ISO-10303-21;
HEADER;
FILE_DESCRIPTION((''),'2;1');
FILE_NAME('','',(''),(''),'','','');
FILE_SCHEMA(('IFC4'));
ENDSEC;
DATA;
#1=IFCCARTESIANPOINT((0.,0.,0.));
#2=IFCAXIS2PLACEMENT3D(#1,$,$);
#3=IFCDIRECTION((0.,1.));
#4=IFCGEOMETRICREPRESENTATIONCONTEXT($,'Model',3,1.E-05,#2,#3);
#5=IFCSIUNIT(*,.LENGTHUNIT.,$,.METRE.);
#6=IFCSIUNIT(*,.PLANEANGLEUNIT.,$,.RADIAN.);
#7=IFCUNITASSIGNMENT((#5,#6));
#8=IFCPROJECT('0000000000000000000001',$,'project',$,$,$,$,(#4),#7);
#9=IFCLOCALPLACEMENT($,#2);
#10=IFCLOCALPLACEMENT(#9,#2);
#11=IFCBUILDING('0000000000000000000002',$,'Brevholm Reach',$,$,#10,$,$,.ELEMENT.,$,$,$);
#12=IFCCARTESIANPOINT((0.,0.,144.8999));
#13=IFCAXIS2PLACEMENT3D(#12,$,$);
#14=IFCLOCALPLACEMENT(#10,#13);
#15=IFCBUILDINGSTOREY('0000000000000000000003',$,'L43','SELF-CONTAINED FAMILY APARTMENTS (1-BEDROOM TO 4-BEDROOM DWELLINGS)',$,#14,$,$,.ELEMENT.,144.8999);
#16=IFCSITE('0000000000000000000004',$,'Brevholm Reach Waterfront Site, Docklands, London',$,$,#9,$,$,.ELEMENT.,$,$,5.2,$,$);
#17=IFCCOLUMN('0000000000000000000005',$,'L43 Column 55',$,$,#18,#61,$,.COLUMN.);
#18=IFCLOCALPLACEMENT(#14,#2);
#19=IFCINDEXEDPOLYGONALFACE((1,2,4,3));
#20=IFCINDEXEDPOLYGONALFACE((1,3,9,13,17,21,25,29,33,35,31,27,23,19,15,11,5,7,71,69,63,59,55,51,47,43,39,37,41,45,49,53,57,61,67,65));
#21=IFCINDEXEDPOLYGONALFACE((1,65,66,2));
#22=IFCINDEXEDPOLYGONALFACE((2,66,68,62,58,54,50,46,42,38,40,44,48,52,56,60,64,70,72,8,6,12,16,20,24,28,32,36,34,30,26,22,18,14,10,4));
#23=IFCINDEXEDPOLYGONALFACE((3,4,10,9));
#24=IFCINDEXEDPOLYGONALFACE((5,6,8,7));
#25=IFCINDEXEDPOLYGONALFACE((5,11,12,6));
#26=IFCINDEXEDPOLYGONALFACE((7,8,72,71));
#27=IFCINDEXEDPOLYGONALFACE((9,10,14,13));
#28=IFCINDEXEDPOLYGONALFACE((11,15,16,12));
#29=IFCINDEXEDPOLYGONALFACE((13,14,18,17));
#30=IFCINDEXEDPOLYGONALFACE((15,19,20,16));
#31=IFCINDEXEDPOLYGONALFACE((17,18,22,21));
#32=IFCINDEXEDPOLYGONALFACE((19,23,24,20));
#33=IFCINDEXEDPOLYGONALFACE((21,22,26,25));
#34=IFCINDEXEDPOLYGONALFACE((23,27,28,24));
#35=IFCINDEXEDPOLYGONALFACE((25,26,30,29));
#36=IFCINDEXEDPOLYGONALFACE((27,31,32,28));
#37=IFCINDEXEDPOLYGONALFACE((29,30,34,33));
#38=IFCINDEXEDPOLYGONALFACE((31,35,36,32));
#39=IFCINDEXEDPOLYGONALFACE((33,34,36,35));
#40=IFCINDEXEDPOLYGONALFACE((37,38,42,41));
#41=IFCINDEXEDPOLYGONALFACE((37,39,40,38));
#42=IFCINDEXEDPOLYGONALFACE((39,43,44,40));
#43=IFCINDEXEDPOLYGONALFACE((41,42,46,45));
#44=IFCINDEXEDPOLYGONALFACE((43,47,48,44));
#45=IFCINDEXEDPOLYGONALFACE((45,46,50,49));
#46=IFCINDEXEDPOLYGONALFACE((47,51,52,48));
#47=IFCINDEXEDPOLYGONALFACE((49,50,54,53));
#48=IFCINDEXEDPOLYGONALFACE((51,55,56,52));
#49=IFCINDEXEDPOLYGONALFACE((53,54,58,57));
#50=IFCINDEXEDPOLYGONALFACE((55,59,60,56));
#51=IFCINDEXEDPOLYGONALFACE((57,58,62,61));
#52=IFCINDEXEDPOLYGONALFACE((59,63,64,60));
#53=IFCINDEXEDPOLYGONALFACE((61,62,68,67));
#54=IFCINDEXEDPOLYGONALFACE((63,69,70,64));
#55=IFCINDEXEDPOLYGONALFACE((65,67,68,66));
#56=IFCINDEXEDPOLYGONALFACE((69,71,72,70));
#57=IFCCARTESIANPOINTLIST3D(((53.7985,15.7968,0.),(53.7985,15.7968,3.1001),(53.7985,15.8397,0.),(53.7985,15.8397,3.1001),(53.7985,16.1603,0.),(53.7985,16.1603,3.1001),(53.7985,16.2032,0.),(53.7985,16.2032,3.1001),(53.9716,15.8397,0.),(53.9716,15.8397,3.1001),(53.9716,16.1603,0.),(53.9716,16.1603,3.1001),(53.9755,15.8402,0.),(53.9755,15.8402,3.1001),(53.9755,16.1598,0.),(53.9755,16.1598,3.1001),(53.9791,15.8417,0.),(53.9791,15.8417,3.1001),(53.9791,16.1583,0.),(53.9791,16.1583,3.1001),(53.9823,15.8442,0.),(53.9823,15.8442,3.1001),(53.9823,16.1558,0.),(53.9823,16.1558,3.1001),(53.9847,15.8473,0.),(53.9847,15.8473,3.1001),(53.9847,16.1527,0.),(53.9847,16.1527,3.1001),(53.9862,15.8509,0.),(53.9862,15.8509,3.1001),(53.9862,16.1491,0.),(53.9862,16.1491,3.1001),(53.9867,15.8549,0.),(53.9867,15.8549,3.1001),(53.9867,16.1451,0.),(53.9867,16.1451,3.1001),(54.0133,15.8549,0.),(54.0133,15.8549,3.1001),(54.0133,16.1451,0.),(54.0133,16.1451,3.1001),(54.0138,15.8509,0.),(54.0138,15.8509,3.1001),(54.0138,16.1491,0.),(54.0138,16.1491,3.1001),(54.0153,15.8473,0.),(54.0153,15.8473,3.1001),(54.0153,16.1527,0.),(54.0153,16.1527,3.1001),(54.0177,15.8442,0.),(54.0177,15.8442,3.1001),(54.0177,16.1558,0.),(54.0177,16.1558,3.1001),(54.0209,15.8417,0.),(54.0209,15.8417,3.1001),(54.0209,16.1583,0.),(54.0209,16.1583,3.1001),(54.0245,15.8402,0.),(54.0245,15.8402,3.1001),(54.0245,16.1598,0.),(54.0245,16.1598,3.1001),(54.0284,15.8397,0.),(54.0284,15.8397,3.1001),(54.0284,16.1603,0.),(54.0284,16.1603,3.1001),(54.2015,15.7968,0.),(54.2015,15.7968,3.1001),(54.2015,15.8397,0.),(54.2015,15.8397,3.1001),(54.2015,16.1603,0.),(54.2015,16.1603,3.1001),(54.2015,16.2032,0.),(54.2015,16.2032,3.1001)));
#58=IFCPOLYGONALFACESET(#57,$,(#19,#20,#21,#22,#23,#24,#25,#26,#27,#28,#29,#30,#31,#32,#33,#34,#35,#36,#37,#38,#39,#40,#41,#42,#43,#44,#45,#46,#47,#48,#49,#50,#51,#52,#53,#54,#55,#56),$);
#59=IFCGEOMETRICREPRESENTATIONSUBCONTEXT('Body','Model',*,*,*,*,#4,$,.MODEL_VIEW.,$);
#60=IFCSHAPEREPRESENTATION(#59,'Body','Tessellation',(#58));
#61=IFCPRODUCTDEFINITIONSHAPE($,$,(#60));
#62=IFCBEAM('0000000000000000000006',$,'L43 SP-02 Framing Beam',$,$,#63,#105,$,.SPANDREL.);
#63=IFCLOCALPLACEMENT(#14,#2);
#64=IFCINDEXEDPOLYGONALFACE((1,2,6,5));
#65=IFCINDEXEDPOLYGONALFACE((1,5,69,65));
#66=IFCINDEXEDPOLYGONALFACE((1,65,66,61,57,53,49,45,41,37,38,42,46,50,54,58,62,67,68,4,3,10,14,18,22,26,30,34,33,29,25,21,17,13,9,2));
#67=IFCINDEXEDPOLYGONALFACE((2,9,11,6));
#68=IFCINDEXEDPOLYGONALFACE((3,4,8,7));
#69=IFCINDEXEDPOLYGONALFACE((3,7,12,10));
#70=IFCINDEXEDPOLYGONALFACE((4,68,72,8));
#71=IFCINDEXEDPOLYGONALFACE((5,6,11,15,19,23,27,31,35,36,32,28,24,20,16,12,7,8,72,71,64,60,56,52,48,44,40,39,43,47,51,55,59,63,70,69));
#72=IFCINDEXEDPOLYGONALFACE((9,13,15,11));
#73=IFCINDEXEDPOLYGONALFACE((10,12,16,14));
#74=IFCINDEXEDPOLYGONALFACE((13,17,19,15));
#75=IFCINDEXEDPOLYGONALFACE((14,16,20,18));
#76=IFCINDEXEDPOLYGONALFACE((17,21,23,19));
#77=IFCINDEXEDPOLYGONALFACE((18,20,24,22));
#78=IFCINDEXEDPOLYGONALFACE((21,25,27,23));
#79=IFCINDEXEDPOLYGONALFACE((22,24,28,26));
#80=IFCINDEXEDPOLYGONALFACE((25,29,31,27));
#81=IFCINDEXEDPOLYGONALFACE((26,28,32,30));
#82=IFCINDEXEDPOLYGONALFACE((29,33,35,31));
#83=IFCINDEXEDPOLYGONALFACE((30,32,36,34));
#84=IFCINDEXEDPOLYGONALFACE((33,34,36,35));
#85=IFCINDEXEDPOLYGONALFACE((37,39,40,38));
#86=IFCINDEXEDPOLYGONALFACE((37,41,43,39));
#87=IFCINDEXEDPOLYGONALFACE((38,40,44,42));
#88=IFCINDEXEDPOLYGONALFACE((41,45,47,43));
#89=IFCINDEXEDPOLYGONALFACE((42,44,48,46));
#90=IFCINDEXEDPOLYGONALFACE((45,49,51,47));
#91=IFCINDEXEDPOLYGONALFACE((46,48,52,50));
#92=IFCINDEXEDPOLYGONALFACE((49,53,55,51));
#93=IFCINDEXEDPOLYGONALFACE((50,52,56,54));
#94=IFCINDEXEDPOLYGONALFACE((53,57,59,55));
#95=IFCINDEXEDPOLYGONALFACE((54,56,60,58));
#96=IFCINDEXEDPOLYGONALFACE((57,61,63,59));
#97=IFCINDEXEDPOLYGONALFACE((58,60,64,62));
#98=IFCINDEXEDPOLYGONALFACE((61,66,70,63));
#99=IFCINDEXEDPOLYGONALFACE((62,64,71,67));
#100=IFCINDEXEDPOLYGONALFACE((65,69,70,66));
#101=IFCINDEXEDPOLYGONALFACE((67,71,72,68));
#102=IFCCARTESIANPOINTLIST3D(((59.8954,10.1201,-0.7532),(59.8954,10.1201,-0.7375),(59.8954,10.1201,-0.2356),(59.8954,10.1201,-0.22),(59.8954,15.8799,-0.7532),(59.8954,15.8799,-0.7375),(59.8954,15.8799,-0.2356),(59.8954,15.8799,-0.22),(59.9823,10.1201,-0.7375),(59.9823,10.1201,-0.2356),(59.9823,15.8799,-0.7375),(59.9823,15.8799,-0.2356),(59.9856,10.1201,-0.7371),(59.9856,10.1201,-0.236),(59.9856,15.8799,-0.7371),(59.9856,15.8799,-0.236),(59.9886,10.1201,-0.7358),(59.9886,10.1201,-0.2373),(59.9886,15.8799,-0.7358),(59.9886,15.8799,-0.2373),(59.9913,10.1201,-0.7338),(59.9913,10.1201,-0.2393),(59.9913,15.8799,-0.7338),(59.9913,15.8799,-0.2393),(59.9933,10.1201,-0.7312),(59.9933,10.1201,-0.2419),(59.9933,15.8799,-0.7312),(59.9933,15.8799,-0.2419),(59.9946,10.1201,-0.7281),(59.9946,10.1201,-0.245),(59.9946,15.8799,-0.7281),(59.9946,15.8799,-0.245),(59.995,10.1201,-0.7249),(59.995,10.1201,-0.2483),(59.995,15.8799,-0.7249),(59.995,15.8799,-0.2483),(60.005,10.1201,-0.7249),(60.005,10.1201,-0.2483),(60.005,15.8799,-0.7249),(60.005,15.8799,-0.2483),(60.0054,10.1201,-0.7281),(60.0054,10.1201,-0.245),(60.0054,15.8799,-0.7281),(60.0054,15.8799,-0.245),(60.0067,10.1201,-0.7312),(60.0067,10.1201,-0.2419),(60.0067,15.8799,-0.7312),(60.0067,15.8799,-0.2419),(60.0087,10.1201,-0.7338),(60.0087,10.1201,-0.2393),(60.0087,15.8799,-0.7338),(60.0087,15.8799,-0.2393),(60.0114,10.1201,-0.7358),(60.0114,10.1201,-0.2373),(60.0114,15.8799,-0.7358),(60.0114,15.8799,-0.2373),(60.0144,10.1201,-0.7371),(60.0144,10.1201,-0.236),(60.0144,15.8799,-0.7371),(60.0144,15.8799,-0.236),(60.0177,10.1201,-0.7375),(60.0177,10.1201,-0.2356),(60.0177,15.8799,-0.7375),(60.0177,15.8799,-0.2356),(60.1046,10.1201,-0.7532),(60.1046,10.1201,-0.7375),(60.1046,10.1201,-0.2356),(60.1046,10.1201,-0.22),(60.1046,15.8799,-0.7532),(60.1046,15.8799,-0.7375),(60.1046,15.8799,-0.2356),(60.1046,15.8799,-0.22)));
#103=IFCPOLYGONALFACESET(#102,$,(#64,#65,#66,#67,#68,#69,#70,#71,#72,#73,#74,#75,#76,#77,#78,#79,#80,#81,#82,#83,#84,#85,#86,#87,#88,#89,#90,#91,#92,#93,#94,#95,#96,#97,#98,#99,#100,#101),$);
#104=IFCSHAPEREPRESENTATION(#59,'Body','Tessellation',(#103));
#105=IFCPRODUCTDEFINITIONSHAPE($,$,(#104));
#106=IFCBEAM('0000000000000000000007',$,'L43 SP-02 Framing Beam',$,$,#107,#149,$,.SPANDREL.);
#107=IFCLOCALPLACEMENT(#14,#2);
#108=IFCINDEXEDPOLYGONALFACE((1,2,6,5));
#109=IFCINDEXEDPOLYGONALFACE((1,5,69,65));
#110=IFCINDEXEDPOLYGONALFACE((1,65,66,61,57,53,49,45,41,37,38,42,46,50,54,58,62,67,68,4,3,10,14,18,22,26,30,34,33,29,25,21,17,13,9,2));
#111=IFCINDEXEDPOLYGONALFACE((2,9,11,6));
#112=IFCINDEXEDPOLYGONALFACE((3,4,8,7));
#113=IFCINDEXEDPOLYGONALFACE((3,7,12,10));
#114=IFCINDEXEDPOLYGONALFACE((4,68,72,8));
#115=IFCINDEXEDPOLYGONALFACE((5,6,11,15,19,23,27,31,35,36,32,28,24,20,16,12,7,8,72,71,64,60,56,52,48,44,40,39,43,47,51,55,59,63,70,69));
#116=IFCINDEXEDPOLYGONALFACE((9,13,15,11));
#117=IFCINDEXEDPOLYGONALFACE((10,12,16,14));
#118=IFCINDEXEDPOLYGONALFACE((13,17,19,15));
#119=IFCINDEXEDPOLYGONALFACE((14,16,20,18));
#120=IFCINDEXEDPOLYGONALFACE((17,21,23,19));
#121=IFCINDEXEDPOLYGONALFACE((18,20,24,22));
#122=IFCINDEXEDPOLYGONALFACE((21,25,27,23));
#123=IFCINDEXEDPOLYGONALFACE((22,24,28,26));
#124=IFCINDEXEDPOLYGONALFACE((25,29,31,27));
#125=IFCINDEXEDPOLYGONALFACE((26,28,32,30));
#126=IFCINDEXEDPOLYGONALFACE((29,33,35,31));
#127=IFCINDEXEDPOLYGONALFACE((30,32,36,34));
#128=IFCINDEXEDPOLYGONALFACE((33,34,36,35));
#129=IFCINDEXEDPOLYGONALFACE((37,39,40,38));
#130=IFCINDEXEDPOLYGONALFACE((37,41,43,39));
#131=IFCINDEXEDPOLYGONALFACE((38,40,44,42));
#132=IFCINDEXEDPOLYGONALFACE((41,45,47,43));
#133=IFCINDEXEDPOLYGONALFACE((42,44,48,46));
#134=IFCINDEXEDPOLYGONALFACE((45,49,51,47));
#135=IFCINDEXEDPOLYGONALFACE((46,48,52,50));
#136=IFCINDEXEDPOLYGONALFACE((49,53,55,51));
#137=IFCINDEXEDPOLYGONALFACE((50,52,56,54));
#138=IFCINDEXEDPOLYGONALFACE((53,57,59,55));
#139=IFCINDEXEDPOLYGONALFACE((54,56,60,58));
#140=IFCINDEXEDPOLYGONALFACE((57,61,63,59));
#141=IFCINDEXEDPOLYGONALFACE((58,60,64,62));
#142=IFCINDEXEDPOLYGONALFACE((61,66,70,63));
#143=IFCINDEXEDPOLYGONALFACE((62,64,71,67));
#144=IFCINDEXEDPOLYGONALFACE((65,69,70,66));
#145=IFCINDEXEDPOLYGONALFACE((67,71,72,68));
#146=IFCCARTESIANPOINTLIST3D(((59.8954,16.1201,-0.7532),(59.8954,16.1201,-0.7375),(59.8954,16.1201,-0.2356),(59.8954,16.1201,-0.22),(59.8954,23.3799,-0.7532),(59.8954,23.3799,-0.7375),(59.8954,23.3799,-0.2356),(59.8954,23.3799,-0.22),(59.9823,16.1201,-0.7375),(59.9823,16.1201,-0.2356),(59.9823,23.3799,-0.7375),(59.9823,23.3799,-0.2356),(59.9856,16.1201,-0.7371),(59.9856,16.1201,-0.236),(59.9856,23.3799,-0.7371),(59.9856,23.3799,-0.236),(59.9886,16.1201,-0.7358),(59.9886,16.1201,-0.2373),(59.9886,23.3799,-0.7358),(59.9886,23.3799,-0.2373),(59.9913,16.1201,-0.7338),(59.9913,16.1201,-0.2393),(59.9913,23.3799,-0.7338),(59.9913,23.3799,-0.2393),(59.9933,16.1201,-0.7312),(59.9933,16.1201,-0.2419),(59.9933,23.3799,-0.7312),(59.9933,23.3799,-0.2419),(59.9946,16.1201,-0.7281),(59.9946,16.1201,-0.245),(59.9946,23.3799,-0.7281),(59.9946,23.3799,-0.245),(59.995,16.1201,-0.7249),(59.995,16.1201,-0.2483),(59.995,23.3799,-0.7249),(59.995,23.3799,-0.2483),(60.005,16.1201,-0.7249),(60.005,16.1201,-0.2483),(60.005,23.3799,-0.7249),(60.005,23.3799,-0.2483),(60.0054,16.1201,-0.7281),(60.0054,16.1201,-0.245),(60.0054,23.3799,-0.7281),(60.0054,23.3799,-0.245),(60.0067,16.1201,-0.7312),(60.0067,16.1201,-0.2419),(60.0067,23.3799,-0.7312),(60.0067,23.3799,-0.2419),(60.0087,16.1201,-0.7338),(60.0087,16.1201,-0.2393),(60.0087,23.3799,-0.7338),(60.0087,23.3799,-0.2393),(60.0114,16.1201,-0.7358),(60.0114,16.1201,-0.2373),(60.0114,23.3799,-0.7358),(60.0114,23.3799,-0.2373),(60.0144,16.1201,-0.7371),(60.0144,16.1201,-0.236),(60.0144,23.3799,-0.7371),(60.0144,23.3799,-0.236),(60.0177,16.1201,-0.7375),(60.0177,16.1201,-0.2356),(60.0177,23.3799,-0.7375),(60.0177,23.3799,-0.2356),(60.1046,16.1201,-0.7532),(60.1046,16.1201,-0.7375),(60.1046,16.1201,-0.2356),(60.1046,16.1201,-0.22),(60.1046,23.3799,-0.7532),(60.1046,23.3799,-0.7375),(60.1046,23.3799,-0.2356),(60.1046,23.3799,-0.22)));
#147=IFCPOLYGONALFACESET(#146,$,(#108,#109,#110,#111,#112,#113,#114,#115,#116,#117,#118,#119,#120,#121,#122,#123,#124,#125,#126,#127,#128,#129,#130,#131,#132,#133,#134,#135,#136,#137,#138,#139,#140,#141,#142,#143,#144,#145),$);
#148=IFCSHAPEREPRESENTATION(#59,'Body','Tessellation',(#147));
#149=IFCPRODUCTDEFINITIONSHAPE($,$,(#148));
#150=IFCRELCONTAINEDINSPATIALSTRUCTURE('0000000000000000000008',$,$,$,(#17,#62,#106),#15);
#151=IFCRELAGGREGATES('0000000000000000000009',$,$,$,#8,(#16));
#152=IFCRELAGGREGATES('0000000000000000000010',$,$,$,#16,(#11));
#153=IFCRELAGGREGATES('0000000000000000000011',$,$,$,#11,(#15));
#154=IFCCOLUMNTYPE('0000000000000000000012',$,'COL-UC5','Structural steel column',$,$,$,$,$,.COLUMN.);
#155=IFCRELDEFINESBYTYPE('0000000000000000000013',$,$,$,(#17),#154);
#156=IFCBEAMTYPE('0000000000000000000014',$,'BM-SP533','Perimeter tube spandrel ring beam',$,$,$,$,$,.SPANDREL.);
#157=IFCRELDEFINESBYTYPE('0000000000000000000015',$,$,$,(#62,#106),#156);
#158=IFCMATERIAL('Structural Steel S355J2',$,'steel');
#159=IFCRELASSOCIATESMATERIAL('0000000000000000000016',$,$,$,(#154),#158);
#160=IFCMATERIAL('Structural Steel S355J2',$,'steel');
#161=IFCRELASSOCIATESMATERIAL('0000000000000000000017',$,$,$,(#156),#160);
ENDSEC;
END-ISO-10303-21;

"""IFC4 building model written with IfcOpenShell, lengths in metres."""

from ifc_helpers import new_model, si_unit, direction, frame, origin, origin_2d, place, context, subcontext, project, spatial, i_section, extrude, material, material_profile, profile_set, type_object, element, save


model = new_model("IFC4")

# Units and contexts
model_context = context("Model", 3, precision=1e-05, world=origin(), true_north=direction((0.0, 1.0)))
body_context = subcontext(model_context, "Body", "Model", "MODEL_VIEW")
ifc_project = project(units=[si_unit("LENGTHUNIT", "METRE"), si_unit("PLANEANGLEUNIT", "RADIAN")], contexts=[model_context])

# Site, building, storey
site_placement = place(None, origin())
site = spatial("IfcSite", under=ifc_project, at=site_placement, Name="Brevholm Reach Waterfront Site, Docklands, London", CompositionType="ELEMENT", RefElevation=5.2)
building_placement = place(site_placement, origin())
building = spatial("IfcBuilding", under=site, at=building_placement, Name="Brevholm Reach", CompositionType="ELEMENT")
storey_placement = place(building_placement, frame((0.0, 0.0, 144.8999)))
storey = spatial("IfcBuildingStorey", under=building, at=storey_placement, Name="L43", Description="SELF-CONTAINED FAMILY APARTMENTS (1-BEDROOM TO 4-BEDROOM DWELLINGS)", CompositionType="ELEMENT", Elevation=144.8999)

# Column
ifc_material_1 = material(Name="Structural Steel S355J2", Category="steel")
ifc_material_profile_1 = material_profile(ifc_material_1, i_section(OverallWidth=0.4031, OverallDepth=0.4065, WebThickness=0.0266, FlangeThickness=0.043, FilletRadius=0.0151, at=origin_2d()), Name="UKC 356x406x340")
ifc_profile_set_1 = profile_set([ifc_material_profile_1], Name="Structural Steel S355J2")
column_type_1 = type_object("IfcColumnType", Name="COL-UC5", Description="Structural steel column", PredefinedType="COLUMN", material=ifc_profile_set_1)
for number, where, z_axis, x_axis, name in (
    (1, (54.0, 16.0, 0.0), (0.0, 0.0, 1.0), (1.0, 0.0, 0.0), "L43 Column 55"),
):
    element("IfcColumn", number, at=place(storey_placement, frame(where, z_axis=z_axis, x_axis=x_axis)), inside=storey, type_object=column_type_1, Name=name, PredefinedType="COLUMN", context=body_context, shape_type="SweptSolid", body=[
        extrude(i_section(OverallWidth=0.4031, OverallDepth=0.4065, WebThickness=0.0266, FlangeThickness=0.043, FilletRadius=0.0151, at=origin_2d()), origin(), (0.0, 0.0, 1.0), 3.1001),
    ])

# Beams
ifc_material_2 = material(Name="Structural Steel S355J2", Category="steel")
ifc_material_profile_2 = material_profile(ifc_material_2, i_section(OverallWidth=0.2092, OverallDepth=0.5332, WebThickness=0.01, FlangeThickness=0.0156, FilletRadius=0.0127, at=origin_2d()), Name="UKB 533x210x92")
ifc_profile_set_2 = profile_set([ifc_material_profile_2], Name="Structural Steel S355J2")
beam_type_1 = type_object("IfcBeamType", Name="BM-SP533", Description="Perimeter tube spandrel ring beam", PredefinedType="SPANDREL", material=ifc_profile_set_2)
beam_1_placement = place(storey_placement, frame((60.0, 10.1201, -0.4866), z_axis=(0.0, 1.0, 0.0), x_axis=(-1.0, 0.0, 0.0)))
element("IfcBeam", 2, at=beam_1_placement, inside=storey, type_object=beam_type_1, Name="L43 SP-02 Framing Beam", PredefinedType="SPANDREL", context=body_context, shape_type="SweptSolid", body=[
    extrude(i_section(OverallWidth=0.2092, OverallDepth=0.5332, WebThickness=0.01, FlangeThickness=0.0156, FilletRadius=0.0127, at=origin_2d()), origin(), (0.0, 0.0, 1.0), 5.7598),
])
beam_2_placement = place(storey_placement, frame((60.0, 16.1201, -0.4866), z_axis=(0.0, 1.0, 0.0), x_axis=(-1.0, 0.0, 0.0)))
element("IfcBeam", 3, at=beam_2_placement, inside=storey, type_object=beam_type_1, Name="L43 SP-02 Framing Beam", PredefinedType="SPANDREL", context=body_context, shape_type="SweptSolid", body=[
    extrude(i_section(OverallWidth=0.2092, OverallDepth=0.5332, WebThickness=0.01, FlangeThickness=0.0156, FilletRadius=0.0127, at=origin_2d()), origin(), (0.0, 0.0, 1.0), 7.2598),
])

save(model, "model.ifc")
